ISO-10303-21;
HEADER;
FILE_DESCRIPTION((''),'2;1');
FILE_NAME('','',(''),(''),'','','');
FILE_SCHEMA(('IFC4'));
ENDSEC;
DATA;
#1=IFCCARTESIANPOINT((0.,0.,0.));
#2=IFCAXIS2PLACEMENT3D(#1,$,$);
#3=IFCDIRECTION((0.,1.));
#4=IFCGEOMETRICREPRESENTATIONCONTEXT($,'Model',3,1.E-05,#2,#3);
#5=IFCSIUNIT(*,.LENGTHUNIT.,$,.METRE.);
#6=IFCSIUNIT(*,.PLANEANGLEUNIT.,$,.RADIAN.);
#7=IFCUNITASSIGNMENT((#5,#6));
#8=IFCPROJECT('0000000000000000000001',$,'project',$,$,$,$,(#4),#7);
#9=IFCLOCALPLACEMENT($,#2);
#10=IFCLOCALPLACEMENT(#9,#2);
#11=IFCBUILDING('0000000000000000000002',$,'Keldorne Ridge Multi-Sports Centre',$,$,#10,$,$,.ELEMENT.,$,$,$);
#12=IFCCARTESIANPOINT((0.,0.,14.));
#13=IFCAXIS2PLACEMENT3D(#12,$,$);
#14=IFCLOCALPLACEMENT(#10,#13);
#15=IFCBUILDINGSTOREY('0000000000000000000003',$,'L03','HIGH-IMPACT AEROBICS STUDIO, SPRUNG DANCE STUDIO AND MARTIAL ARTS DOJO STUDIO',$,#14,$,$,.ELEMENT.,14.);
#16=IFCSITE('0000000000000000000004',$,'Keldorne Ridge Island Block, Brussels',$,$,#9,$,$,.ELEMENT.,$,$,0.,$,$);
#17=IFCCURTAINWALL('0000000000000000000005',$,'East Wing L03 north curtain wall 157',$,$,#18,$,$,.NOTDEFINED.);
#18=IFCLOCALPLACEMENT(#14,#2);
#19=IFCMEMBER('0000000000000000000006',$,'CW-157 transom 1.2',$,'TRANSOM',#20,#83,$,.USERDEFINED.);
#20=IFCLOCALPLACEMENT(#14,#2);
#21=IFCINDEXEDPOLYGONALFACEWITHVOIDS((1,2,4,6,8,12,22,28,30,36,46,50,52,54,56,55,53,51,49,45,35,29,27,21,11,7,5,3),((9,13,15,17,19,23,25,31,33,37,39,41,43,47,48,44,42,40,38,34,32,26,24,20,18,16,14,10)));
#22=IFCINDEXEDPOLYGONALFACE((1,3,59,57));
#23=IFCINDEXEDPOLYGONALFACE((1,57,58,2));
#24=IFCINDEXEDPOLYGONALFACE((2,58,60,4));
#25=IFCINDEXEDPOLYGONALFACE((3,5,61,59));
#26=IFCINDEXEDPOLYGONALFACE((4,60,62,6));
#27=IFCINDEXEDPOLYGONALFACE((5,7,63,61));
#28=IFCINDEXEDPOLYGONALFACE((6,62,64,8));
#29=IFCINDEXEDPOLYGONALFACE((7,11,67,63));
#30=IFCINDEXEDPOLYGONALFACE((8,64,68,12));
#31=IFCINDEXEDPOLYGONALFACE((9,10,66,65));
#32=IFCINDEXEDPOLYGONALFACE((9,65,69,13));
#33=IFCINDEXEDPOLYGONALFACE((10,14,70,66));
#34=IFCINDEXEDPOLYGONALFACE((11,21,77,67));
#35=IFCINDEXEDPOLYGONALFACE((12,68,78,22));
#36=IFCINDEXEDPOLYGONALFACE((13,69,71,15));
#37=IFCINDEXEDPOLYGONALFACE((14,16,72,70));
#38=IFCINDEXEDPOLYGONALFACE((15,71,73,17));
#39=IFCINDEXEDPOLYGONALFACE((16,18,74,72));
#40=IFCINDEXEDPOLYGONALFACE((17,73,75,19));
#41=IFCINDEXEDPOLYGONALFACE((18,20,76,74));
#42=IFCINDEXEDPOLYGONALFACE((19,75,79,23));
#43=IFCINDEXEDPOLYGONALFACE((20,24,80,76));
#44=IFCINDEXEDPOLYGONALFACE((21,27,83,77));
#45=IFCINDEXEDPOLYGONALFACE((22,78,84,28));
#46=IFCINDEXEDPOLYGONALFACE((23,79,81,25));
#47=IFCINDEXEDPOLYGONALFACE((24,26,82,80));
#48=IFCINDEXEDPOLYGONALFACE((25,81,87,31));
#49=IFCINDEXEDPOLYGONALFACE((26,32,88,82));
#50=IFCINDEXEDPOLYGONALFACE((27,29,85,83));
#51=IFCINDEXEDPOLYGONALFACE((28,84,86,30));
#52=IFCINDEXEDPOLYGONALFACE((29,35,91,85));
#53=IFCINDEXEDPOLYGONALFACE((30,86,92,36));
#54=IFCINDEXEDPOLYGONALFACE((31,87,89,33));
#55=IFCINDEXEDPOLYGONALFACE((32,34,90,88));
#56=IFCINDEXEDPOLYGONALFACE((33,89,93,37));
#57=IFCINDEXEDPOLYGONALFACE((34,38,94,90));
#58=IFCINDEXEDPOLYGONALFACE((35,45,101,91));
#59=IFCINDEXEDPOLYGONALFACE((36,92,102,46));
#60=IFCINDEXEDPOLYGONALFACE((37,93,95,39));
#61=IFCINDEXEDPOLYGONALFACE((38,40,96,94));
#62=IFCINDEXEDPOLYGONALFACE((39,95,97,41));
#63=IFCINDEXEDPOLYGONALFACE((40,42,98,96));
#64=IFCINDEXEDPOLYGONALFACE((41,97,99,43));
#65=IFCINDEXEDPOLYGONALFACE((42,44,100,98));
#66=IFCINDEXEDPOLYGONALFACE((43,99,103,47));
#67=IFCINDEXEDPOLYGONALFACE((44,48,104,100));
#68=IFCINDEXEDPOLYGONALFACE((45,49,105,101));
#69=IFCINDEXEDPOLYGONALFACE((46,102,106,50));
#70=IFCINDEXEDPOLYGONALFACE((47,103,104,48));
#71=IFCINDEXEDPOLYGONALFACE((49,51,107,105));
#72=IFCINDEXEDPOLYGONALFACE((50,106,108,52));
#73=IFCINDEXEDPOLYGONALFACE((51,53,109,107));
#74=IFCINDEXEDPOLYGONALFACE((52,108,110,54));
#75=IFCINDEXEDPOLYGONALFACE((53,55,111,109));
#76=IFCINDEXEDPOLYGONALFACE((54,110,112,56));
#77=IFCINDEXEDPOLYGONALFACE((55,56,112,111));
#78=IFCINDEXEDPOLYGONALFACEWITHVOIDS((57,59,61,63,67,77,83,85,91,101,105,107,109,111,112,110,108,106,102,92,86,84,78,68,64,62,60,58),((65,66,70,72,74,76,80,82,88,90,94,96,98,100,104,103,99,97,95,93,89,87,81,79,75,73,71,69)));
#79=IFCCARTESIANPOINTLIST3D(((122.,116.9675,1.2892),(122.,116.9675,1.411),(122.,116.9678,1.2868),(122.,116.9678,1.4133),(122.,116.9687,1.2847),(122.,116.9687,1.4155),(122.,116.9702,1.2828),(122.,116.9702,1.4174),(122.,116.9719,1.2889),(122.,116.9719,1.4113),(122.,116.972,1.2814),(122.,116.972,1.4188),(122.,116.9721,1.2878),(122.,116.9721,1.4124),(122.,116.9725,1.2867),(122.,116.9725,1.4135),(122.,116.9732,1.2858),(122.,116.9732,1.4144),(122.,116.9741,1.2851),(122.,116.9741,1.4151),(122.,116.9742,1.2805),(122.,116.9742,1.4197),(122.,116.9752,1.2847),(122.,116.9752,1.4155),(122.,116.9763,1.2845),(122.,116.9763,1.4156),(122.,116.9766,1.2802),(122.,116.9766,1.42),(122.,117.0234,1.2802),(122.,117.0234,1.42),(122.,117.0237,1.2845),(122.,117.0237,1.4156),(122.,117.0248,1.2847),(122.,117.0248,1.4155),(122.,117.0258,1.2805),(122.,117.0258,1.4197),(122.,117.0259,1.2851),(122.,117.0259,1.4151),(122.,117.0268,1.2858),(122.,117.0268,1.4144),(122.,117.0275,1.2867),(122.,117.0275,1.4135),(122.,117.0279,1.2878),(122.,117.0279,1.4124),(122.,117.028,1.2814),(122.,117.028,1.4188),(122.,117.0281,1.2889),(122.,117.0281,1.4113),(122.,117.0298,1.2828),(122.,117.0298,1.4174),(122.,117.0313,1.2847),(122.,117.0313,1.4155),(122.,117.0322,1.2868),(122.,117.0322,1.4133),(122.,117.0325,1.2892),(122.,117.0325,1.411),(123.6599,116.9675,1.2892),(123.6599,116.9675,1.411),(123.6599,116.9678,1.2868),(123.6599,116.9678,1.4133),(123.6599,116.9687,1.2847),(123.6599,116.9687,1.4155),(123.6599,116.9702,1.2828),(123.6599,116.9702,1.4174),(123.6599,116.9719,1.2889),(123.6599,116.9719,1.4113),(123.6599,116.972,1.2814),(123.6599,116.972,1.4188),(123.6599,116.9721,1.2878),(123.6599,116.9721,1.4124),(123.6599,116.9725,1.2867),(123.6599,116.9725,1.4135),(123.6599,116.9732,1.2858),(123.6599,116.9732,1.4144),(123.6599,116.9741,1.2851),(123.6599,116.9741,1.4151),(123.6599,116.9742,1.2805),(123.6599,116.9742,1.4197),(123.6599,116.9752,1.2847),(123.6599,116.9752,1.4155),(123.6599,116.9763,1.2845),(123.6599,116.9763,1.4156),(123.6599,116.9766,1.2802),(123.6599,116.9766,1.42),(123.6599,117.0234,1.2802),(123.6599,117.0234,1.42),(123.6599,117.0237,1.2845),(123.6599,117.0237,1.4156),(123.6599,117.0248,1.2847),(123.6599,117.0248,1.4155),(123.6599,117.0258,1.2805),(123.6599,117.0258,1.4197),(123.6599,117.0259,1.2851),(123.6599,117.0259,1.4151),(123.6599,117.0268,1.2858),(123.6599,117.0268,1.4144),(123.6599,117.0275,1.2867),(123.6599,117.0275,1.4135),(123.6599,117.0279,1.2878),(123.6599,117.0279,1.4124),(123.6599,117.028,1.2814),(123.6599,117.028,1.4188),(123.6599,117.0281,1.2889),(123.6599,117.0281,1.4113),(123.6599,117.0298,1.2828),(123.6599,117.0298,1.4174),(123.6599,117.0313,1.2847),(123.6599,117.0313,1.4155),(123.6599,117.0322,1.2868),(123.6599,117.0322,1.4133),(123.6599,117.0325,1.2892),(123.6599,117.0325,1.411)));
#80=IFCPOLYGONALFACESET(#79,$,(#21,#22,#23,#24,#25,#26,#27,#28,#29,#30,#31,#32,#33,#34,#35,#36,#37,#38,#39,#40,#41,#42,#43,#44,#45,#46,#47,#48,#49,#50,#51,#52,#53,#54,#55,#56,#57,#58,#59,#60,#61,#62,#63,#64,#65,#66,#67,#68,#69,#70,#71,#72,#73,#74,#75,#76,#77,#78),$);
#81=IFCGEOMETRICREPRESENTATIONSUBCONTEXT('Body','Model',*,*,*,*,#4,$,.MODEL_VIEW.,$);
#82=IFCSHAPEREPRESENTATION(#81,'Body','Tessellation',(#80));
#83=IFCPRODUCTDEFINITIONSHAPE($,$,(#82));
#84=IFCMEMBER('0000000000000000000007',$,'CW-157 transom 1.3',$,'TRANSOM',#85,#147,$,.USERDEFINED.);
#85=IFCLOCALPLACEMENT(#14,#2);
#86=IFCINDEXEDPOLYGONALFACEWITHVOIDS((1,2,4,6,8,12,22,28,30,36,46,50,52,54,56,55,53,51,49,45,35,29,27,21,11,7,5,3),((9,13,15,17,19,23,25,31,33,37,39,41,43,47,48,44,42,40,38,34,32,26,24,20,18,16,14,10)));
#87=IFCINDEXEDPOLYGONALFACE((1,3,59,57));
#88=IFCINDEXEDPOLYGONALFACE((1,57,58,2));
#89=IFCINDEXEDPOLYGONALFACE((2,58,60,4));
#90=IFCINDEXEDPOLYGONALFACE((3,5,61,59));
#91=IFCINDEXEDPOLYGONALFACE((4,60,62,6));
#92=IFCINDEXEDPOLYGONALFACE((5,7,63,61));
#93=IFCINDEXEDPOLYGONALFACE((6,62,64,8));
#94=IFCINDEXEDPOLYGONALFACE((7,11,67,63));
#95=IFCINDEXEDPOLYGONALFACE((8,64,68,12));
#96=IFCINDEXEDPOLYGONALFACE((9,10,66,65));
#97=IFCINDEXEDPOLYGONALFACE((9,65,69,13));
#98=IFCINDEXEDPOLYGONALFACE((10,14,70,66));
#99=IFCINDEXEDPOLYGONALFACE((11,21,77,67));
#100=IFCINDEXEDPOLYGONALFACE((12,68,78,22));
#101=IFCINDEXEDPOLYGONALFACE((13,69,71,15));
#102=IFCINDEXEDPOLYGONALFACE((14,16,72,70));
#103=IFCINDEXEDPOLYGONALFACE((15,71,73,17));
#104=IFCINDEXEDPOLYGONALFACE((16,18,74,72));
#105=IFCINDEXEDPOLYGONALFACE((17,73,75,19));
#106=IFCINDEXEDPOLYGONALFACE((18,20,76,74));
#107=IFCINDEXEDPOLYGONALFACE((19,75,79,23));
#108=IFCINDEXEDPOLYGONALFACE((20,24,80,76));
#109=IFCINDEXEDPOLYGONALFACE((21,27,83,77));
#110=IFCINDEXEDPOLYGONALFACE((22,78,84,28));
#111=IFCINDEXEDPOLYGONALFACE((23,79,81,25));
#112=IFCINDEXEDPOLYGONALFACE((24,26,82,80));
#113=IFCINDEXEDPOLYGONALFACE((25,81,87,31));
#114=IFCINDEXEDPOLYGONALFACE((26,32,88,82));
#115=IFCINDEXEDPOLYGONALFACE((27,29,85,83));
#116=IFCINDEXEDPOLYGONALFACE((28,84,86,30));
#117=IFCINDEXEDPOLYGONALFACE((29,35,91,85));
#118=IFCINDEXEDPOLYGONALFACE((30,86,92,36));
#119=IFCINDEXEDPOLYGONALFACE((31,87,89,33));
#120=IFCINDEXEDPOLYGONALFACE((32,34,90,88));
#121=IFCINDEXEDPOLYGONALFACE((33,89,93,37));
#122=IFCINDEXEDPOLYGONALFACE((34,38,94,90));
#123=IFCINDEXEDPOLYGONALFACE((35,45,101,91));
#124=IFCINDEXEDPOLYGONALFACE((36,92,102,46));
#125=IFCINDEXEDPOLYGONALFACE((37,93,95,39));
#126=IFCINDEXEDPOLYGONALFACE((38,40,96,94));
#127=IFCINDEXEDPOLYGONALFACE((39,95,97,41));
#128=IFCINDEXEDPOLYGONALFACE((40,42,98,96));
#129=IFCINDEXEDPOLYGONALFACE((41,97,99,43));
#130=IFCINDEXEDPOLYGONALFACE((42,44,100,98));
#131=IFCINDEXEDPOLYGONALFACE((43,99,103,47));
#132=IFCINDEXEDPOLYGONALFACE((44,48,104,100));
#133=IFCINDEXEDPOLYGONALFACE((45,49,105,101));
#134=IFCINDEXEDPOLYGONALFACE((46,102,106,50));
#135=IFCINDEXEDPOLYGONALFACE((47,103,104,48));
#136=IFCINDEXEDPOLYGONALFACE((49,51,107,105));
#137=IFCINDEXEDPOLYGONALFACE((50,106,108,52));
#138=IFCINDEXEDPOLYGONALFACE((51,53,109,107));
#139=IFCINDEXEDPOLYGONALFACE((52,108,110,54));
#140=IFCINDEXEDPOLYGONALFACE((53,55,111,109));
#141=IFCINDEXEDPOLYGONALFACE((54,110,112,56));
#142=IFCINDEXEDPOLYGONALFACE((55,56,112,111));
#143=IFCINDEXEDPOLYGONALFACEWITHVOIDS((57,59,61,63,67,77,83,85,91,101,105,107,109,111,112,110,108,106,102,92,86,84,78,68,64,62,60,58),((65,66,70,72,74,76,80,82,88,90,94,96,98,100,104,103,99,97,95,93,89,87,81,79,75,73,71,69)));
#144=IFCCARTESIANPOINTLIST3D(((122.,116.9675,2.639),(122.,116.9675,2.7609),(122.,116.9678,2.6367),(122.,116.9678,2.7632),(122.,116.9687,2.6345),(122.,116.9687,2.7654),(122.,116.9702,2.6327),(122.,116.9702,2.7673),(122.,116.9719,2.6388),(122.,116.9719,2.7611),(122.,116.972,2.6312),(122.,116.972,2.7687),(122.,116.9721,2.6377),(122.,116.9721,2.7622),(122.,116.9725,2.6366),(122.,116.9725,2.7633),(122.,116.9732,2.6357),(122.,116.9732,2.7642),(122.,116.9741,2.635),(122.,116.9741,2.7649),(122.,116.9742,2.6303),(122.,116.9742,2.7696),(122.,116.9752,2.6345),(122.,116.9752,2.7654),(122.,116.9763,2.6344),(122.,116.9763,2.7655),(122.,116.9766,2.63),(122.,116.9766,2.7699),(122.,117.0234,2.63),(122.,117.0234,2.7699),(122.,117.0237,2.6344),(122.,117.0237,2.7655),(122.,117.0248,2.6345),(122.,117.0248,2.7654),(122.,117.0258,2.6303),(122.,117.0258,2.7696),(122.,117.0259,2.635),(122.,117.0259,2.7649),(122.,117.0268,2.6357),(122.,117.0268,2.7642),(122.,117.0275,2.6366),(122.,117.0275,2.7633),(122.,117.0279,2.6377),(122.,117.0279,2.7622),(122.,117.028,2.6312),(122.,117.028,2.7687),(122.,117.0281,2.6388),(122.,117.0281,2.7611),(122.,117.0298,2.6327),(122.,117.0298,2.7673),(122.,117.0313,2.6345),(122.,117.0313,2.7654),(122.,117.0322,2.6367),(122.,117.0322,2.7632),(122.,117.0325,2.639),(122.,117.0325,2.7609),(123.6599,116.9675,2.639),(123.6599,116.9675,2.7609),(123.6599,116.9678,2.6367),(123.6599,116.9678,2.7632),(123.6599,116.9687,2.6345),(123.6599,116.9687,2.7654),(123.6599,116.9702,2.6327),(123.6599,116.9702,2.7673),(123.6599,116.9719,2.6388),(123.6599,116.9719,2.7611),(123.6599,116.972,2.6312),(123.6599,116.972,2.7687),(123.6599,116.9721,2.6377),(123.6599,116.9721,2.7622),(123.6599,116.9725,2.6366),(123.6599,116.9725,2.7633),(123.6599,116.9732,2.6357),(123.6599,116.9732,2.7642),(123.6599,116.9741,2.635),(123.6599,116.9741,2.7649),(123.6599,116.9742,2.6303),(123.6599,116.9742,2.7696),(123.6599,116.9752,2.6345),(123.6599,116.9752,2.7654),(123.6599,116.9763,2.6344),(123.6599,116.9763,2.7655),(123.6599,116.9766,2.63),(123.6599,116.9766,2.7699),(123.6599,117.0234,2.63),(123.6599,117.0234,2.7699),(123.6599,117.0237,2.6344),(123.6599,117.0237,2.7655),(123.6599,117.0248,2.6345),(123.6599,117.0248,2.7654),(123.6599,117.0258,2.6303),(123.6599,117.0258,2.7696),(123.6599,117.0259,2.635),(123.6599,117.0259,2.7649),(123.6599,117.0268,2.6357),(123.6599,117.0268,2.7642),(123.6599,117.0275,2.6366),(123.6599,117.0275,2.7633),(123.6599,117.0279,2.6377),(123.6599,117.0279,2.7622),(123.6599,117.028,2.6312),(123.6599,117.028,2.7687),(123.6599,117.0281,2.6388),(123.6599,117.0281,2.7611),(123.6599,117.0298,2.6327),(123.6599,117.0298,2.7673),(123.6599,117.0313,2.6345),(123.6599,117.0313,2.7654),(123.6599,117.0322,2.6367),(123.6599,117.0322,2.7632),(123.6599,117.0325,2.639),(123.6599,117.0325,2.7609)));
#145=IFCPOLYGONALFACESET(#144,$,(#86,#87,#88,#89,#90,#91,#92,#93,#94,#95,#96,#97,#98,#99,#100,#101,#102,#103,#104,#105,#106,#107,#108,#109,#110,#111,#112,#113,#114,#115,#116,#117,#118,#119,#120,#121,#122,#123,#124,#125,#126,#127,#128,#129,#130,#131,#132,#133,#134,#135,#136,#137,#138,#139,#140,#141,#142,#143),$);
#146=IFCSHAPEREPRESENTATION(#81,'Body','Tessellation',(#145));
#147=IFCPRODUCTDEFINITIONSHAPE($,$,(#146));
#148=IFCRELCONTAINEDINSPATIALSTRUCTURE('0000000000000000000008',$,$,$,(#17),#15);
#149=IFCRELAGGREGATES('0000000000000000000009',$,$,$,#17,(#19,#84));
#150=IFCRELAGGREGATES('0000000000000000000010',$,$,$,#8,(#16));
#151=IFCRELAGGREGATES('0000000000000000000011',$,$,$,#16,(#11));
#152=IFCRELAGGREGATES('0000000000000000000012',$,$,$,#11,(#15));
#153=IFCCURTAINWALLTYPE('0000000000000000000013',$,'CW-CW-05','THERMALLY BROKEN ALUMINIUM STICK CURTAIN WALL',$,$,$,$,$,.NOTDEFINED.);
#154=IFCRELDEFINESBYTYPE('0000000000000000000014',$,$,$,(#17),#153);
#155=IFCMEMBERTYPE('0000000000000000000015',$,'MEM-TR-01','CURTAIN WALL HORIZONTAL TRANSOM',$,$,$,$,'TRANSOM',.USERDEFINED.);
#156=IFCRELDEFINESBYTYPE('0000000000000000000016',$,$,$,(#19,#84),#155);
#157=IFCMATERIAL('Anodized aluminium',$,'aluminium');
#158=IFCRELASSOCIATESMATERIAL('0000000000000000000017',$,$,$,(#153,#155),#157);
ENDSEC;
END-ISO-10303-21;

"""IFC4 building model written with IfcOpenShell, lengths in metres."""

from ifc_helpers import new_model, si_unit, direction, frame, origin, origin_2d, place, context, subcontext, project, spatial, hollow_rectangle, extrude, material, material_profile, profile_set, type_object, element, aggregate, save


model = new_model("IFC4")

# Units and contexts
model_context = context("Model", 3, precision=1e-05, world=origin(), true_north=direction((0.0, 1.0)))
body_context = subcontext(model_context, "Body", "Model", "MODEL_VIEW")
ifc_project = project(units=[si_unit("LENGTHUNIT", "METRE"), si_unit("PLANEANGLEUNIT", "RADIAN")], contexts=[model_context])

# Site, building, storey
site_placement = place(None, origin())
site = spatial("IfcSite", under=ifc_project, at=site_placement, Name="Keldorne Ridge Island Block, Brussels", CompositionType="ELEMENT", RefElevation=0.0)
building_placement = place(site_placement, origin())
building = spatial("IfcBuilding", under=site, at=building_placement, Name="Keldorne Ridge Multi-Sports Centre", CompositionType="ELEMENT")
storey_placement = place(building_placement, frame((0.0, 0.0, 14.0)))
storey = spatial("IfcBuildingStorey", under=building, at=storey_placement, Name="L03", Description="HIGH-IMPACT AEROBICS STUDIO, SPRUNG DANCE STUDIO AND MARTIAL ARTS DOJO STUDIO", CompositionType="ELEMENT", Elevation=14.0)

# Curtain wall, members
ifc_material_1 = material(Name="Anodized aluminium", Category="aluminium")
curtain_wall_type = type_object("IfcCurtainWallType", Name="CW-CW-05", Description="THERMALLY BROKEN ALUMINIUM STICK CURTAIN WALL", PredefinedType="NOTDEFINED", material=ifc_material_1)
curtain_wall_placement = place(storey_placement, origin())
curtain_wall = element("IfcCurtainWall", 1, at=curtain_wall_placement, inside=storey, type_object=curtain_wall_type, Name="East Wing L03 north curtain wall 157", PredefinedType="NOTDEFINED")
ifc_material_profile_1 = material_profile(ifc_material_1, hollow_rectangle(XDim=0.0649, YDim=0.1399, WallThickness=0.0044, InnerFilletRadius=0.0044, OuterFilletRadius=0.009, at=origin_2d()), Name="ALU TRANSOM 140x65x4.5")
ifc_profile_set_1 = profile_set([ifc_material_profile_1], Name="Anodized aluminium")
member_type_1 = type_object("IfcMemberType", Name="MEM-TR-01", Description="CURTAIN WALL HORIZONTAL TRANSOM", ElementType="TRANSOM", PredefinedType="USERDEFINED", material=ifc_profile_set_1)
member_1_placement = place(storey_placement, frame((123.6599, 117.0, 1.3501), z_axis=(-1.0, 0.0, 0.0), x_axis=(0.0, -1.0, 0.0)))
member_1 = element("IfcMember", 2, at=member_1_placement, type_object=member_type_1, Name="CW-157 transom 1.2", ObjectType="TRANSOM", PredefinedType="USERDEFINED", context=body_context, shape_type="SweptSolid", body=[
    extrude(hollow_rectangle(XDim=0.0649, YDim=0.1399, WallThickness=0.0044, InnerFilletRadius=0.0044, OuterFilletRadius=0.009, at=origin_2d()), origin(), (0.0, 0.0, 1.0), 1.6599),
])
member_2_placement = place(storey_placement, frame((123.6599, 117.0, 2.7), z_axis=(-1.0, 0.0, 0.0), x_axis=(0.0, -1.0, 0.0)))
member_2 = element("IfcMember", 3, at=member_2_placement, type_object=member_type_1, Name="CW-157 transom 1.3", ObjectType="TRANSOM", PredefinedType="USERDEFINED", context=body_context, shape_type="SweptSolid", body=[
    extrude(hollow_rectangle(XDim=0.0649, YDim=0.1399, WallThickness=0.0044, InnerFilletRadius=0.0044, OuterFilletRadius=0.009, at=origin_2d()), origin(), (0.0, 0.0, 1.0), 1.6599),
])
aggregate(curtain_wall, [member_1, member_2])

save(model, "model.ifc")
